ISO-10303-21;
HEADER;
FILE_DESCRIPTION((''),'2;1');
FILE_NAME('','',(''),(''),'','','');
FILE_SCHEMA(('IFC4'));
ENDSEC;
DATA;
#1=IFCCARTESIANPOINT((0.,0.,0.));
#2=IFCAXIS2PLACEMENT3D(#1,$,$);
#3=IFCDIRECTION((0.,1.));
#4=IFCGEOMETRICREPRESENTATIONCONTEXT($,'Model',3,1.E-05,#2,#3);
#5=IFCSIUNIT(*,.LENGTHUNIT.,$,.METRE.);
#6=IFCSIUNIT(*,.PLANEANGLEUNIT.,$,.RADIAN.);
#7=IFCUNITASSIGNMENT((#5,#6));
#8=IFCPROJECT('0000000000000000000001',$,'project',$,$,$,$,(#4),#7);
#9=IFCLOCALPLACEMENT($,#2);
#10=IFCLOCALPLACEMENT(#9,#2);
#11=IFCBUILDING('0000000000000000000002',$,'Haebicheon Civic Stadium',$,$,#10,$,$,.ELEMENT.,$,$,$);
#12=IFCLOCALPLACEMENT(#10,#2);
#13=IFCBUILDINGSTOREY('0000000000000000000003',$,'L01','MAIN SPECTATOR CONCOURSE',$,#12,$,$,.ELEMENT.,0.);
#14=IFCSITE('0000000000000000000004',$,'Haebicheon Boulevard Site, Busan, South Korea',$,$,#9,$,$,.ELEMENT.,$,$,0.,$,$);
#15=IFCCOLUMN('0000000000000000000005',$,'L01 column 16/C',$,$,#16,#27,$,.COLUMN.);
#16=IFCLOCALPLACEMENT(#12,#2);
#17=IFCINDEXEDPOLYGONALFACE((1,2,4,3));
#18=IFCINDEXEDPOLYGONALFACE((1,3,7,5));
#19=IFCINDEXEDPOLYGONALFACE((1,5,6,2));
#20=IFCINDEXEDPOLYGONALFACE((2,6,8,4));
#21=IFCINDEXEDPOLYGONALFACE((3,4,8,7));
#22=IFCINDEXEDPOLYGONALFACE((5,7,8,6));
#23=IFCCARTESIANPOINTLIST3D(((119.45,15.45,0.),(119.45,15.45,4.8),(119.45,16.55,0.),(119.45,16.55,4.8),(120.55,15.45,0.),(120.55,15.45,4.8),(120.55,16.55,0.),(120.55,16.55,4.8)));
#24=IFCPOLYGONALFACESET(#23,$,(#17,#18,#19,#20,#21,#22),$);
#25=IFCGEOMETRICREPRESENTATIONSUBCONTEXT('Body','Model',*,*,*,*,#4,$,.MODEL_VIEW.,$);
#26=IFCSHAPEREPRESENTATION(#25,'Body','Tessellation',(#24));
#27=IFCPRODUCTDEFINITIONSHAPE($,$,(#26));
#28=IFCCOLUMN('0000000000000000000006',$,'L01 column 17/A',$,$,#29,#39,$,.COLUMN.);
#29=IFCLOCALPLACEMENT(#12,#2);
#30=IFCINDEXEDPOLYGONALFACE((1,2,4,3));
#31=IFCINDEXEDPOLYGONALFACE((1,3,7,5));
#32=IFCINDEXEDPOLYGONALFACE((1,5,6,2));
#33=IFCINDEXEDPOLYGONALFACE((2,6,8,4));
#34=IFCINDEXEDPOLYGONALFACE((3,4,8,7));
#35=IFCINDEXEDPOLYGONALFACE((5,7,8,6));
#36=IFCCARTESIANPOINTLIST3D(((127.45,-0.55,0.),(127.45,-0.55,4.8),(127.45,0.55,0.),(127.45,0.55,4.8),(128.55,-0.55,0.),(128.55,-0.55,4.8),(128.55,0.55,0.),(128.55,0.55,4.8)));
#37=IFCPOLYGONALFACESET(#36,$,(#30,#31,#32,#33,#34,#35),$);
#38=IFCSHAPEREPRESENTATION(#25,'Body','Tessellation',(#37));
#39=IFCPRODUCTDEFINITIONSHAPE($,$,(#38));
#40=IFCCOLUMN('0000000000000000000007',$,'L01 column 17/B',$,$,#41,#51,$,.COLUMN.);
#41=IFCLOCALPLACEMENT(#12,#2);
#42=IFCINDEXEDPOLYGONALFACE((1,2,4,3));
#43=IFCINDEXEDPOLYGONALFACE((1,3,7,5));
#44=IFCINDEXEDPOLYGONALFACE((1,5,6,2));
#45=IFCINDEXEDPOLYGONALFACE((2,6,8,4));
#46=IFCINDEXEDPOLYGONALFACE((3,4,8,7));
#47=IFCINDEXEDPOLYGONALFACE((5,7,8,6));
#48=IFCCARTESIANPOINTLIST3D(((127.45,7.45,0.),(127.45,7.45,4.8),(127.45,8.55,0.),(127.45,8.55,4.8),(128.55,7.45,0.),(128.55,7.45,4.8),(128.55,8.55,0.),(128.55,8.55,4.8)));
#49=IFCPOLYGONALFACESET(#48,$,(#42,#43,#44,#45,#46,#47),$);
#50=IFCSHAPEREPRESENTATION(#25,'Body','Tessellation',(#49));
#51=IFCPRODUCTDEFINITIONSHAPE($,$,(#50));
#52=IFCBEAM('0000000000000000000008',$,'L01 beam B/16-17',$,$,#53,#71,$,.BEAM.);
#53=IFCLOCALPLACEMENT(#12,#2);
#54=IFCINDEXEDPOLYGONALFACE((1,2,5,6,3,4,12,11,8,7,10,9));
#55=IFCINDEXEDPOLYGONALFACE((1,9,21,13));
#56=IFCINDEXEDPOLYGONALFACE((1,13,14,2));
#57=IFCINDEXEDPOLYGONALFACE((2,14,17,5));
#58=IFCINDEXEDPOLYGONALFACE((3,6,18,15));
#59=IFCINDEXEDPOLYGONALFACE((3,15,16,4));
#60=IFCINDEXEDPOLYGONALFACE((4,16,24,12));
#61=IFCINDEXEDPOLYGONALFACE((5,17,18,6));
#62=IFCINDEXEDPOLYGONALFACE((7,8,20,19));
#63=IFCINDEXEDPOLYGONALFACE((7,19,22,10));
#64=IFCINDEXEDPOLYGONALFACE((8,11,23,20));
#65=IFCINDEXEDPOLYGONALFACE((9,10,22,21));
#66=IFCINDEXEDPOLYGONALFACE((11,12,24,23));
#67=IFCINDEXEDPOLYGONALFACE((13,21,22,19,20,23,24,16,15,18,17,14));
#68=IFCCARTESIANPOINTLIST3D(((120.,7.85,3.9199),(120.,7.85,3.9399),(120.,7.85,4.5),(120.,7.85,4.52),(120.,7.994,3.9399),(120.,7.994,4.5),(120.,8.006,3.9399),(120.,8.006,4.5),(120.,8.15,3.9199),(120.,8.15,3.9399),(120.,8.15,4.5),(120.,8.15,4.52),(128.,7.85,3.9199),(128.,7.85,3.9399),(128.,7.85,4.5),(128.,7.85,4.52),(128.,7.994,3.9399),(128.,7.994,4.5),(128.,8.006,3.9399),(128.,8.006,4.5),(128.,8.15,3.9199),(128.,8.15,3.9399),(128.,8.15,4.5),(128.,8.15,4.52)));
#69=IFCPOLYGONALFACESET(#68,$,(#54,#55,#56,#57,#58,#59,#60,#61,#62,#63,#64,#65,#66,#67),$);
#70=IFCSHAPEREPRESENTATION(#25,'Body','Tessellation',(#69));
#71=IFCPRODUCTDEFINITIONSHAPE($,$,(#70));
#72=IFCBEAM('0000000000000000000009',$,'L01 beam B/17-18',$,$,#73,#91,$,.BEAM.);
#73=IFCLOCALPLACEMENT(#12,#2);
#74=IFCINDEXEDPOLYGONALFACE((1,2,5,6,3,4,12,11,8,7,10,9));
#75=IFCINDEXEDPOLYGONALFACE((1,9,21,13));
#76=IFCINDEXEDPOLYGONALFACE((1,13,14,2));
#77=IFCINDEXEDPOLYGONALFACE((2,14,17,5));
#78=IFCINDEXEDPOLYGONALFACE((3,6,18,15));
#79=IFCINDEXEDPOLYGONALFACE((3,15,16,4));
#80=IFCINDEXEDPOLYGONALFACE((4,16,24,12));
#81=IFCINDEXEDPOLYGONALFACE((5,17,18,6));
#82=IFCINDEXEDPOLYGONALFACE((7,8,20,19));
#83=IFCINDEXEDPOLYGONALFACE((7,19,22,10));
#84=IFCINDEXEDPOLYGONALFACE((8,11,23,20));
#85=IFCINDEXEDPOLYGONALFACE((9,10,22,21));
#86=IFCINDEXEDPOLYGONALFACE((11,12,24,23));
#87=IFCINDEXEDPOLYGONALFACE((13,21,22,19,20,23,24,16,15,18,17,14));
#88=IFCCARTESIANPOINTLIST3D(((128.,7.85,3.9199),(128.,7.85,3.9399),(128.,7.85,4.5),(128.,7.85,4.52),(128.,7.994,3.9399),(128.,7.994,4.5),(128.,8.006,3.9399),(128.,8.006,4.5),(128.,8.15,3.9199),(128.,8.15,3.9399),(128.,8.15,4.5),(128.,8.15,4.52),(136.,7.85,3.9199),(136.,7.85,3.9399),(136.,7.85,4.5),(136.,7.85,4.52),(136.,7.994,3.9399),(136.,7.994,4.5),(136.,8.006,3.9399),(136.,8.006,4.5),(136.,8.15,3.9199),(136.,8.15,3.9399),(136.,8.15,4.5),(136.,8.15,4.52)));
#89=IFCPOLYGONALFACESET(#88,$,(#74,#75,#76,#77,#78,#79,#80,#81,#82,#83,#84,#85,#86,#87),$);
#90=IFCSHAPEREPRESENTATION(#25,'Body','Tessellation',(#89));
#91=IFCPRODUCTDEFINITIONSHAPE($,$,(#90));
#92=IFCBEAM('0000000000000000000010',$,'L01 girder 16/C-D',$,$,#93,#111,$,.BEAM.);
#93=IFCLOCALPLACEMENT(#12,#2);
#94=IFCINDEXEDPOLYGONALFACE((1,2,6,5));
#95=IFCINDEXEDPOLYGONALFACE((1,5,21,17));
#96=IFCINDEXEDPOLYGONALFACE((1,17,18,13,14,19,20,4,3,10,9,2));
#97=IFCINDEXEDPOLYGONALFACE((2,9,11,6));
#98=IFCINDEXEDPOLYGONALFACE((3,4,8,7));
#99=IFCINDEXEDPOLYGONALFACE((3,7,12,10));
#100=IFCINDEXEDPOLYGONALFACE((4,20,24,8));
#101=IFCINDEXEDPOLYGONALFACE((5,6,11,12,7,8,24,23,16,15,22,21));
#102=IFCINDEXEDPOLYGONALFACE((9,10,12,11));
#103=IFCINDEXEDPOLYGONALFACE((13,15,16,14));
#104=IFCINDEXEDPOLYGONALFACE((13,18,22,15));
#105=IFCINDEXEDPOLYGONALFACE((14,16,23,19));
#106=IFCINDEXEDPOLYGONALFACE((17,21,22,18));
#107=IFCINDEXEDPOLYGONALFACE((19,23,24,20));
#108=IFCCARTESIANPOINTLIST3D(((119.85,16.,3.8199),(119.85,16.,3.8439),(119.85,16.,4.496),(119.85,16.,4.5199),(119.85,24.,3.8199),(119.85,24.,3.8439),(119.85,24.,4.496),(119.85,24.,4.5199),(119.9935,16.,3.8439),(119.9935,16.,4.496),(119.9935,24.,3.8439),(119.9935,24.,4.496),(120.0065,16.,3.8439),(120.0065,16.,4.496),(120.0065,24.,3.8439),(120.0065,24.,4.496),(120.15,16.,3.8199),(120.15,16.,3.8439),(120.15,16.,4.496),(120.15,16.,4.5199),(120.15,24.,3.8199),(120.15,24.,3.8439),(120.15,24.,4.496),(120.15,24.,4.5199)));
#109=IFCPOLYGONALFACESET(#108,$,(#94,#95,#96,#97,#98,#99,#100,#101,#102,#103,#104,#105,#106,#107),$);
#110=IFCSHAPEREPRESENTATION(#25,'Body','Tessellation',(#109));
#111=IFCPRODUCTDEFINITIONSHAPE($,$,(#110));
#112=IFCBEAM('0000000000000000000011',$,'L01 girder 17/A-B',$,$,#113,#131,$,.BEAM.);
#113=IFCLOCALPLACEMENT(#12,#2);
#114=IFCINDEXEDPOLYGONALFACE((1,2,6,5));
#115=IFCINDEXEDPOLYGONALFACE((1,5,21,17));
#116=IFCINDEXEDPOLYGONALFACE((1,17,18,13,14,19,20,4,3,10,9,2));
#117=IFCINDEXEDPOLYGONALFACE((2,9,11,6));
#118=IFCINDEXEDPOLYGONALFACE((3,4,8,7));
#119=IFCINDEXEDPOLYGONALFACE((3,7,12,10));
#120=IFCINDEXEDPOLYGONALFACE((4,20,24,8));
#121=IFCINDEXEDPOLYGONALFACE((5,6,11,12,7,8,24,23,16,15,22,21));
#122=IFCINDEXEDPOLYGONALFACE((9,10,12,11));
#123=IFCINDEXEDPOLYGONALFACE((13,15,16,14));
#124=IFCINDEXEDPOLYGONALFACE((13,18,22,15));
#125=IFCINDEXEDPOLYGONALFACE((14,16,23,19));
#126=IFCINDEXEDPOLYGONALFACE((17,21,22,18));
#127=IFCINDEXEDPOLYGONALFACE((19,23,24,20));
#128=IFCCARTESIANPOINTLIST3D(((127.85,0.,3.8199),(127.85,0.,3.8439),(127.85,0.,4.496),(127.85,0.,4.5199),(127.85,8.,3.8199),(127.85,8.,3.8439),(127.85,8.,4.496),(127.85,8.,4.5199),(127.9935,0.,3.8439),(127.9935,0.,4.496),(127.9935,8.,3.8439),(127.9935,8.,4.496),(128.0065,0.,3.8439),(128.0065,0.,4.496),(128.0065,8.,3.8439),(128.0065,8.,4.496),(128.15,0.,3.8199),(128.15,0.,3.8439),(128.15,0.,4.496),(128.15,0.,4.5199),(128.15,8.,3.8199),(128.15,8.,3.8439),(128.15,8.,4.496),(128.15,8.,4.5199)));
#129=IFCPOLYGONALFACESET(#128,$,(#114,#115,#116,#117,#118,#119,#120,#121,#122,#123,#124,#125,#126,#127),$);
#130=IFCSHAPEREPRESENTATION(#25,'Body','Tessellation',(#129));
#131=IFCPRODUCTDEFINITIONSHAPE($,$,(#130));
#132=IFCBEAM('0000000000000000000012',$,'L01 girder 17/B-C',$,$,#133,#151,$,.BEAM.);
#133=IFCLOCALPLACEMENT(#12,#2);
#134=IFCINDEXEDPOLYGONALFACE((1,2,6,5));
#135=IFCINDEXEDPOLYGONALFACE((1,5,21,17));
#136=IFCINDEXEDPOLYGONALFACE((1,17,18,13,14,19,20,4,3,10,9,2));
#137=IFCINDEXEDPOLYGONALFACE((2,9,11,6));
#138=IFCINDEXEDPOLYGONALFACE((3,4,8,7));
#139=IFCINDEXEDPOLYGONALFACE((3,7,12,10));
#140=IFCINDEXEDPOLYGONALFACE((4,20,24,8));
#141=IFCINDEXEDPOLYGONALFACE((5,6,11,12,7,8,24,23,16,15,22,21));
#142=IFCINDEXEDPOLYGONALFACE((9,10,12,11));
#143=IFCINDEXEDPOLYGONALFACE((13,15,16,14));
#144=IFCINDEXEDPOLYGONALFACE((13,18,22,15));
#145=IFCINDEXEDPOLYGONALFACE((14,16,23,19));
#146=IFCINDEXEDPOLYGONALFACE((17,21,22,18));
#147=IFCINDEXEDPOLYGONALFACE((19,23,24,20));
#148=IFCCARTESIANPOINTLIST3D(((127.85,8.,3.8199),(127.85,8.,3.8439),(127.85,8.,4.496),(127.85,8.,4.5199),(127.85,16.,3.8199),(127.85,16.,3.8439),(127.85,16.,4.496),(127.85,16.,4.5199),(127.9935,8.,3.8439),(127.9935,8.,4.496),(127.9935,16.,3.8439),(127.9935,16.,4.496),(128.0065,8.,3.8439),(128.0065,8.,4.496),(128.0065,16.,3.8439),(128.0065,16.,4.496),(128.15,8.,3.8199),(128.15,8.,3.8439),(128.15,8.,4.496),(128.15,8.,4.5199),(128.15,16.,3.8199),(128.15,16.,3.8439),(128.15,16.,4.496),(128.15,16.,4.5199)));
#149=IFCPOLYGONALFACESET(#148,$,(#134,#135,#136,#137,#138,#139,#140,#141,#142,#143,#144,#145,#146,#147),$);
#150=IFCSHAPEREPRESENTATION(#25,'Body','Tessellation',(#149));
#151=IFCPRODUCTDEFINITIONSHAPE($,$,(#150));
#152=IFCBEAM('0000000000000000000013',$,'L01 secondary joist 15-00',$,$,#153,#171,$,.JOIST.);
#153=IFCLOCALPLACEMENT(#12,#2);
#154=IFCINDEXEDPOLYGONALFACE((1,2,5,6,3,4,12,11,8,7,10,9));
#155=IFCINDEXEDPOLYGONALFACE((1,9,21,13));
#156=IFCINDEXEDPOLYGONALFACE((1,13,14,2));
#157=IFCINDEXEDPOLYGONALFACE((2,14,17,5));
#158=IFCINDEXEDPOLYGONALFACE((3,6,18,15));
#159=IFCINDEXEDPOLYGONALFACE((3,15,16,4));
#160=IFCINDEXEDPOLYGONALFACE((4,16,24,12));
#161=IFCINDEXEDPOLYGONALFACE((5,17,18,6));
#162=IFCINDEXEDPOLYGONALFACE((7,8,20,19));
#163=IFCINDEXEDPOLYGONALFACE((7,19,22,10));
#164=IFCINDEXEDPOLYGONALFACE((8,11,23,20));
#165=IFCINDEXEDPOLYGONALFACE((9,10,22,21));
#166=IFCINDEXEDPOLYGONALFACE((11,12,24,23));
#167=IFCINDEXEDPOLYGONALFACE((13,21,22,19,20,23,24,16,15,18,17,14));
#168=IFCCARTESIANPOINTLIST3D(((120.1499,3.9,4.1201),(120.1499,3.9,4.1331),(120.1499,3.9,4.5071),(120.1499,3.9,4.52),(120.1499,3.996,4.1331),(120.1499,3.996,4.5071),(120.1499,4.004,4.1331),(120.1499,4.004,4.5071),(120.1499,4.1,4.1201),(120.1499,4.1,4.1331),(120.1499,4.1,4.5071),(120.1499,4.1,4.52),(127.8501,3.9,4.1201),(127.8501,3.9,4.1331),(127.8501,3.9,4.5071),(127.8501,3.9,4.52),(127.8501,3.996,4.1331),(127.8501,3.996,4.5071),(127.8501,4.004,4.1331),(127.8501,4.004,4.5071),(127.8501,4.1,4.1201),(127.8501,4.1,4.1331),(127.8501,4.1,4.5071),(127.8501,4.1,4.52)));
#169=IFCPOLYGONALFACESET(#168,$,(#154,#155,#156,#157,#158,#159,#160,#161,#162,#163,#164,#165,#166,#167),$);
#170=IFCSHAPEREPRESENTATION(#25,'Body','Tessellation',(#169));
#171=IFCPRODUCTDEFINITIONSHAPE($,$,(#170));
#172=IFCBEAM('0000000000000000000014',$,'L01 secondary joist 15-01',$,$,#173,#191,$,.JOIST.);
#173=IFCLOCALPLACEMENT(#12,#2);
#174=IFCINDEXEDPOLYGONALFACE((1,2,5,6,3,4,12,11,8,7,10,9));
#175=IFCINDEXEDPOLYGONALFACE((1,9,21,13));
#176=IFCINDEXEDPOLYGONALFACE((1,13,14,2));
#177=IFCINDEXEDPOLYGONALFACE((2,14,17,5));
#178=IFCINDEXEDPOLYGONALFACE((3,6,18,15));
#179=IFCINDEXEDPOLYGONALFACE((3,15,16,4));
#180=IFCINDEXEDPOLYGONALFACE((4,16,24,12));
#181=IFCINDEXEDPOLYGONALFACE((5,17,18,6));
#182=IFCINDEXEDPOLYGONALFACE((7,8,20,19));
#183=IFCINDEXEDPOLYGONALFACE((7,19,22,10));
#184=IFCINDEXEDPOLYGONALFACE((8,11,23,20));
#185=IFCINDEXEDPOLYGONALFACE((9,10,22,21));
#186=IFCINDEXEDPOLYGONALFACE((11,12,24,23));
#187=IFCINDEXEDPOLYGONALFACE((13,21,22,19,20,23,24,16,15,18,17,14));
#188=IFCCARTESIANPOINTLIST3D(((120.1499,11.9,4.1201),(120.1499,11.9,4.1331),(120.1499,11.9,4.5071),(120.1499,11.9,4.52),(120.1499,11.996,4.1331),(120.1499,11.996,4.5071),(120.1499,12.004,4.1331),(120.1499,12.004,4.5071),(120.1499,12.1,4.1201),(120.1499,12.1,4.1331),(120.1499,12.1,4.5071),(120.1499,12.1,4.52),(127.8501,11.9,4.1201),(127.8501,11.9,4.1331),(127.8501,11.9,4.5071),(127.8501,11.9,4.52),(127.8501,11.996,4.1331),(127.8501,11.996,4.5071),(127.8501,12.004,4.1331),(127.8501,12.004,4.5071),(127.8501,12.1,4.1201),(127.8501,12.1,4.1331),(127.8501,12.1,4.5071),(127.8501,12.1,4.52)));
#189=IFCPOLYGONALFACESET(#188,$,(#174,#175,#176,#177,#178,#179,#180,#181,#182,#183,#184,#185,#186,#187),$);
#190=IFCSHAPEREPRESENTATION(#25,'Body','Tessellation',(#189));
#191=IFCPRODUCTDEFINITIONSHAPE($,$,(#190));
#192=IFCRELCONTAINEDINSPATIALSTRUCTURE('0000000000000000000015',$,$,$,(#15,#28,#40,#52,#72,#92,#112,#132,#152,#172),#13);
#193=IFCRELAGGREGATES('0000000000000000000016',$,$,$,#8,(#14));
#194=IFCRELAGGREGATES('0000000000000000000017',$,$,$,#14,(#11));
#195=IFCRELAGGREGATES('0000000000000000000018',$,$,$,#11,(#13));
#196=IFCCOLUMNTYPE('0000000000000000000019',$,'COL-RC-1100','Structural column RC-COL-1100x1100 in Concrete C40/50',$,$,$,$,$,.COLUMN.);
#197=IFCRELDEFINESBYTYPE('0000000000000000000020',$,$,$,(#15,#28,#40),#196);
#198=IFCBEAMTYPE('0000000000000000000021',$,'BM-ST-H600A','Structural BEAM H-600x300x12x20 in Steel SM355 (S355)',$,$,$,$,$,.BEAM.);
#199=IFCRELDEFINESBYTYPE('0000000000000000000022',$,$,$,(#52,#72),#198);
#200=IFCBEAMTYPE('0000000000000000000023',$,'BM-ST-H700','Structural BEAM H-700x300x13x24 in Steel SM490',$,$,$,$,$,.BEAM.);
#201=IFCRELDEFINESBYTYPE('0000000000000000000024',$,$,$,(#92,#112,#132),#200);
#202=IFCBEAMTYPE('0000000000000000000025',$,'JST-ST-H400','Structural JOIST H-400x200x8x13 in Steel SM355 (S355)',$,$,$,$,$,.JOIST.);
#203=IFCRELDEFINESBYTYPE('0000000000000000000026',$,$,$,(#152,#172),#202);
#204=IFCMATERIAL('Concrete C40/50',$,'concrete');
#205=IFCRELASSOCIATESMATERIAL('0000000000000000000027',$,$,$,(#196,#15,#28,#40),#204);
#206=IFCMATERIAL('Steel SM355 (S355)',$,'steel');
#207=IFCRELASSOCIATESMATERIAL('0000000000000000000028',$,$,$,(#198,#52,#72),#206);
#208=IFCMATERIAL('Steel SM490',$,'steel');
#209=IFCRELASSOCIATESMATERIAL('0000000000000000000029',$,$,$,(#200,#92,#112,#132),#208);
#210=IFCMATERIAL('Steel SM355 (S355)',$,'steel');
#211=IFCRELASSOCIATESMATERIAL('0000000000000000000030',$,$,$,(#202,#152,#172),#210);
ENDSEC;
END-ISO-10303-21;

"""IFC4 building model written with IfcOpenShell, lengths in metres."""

from ifc_helpers import new_model, si_unit, direction, frame, origin, origin_2d, place, context, subcontext, project, spatial, rectangle, i_section, extrude, material, material_profile, profile_set, type_object, element, save


model = new_model("IFC4")

# Units and contexts
model_context = context("Model", 3, precision=1e-05, world=origin(), true_north=direction((0.0, 1.0)))
body_context = subcontext(model_context, "Body", "Model", "MODEL_VIEW")
ifc_project = project(units=[si_unit("LENGTHUNIT", "METRE"), si_unit("PLANEANGLEUNIT", "RADIAN")], contexts=[model_context])

# Site, building, storey
site_placement = place(None, origin())
site = spatial("IfcSite", under=ifc_project, at=site_placement, Name="Haebicheon Boulevard Site, Busan, South Korea", CompositionType="ELEMENT", RefElevation=0.0)
building_placement = place(site_placement, origin())
building = spatial("IfcBuilding", under=site, at=building_placement, Name="Haebicheon Civic Stadium", CompositionType="ELEMENT")
storey_placement = place(building_placement, origin())
storey = spatial("IfcBuildingStorey", under=building, at=storey_placement, Name="L01", Description="MAIN SPECTATOR CONCOURSE", CompositionType="ELEMENT", Elevation=0.0)

# Columns
ifc_material_1 = material(Name="Concrete C40/50", Category="concrete")
ifc_material_profile_1 = material_profile(ifc_material_1, rectangle(XDim=1.1001, YDim=1.1001, at=origin_2d()), Name="RC-COL-1100x1100")
ifc_profile_set_1 = profile_set([ifc_material_profile_1], Name="Concrete C40/50")
column_type = type_object("IfcColumnType", Name="COL-RC-1100", Description="Structural column RC-COL-1100x1100 in Concrete C40/50", PredefinedType="COLUMN", material=ifc_profile_set_1)
for number, where, z_axis, x_axis, name in (
    (1, (120.0, 16.0, 0.0), (0.0, 0.0, 1.0), (1.0, 0.0, 0.0), "L01 column 16/C"),
    (2, (128.0, 0.0, 0.0), (0.0, 0.0, 1.0), (1.0, 0.0, 0.0), "L01 column 17/A"),
    (3, (128.0, 8.0, 0.0), (0.0, 0.0, 1.0), (1.0, 0.0, 0.0), "L01 column 17/B"),
):
    element("IfcColumn", number, at=place(storey_placement, frame(where, z_axis=z_axis, x_axis=x_axis)), inside=storey, type_object=column_type, material=ifc_profile_set_1, Name=name, PredefinedType="COLUMN", context=body_context, shape_type="SweptSolid", body=[
        extrude(rectangle(XDim=1.1001, YDim=1.1001, at=origin_2d()), origin(), (0.0, 0.0, 1.0), 4.8),
    ])

# Beams
ifc_material_2 = material(Name="Steel SM355 (S355)", Category="steel")
ifc_material_profile_2 = material_profile(ifc_material_2, i_section(OverallWidth=0.3, OverallDepth=0.6001, WebThickness=0.012, FlangeThickness=0.02, at=origin_2d()), Name="H-600x300x12x20")
ifc_profile_set_2 = profile_set([ifc_material_profile_2], Name="Steel SM355 (S355)")
beam_type_1 = type_object("IfcBeamType", Name="BM-ST-H600A", Description="Structural BEAM H-600x300x12x20 in Steel SM355 (S355)", PredefinedType="BEAM", material=ifc_profile_set_2)
for number, where, z_axis, x_axis, name in (
    (4, (120.0, 8.0, 4.22), (1.0, 0.0, 0.0), (0.0, 1.0, 0.0), "L01 beam B/16-17"),
    (5, (128.0, 8.0, 4.22), (1.0, 0.0, 0.0), (0.0, 1.0, 0.0), "L01 beam B/17-18"),
):
    element("IfcBeam", number, at=place(storey_placement, frame(where, z_axis=z_axis, x_axis=x_axis)), inside=storey, type_object=beam_type_1, material=ifc_profile_set_2, Name=name, PredefinedType="BEAM", context=body_context, shape_type="SweptSolid", body=[
        extrude(i_section(OverallWidth=0.3, OverallDepth=0.6001, WebThickness=0.012, FlangeThickness=0.02, at=origin_2d()), origin(), (0.0, 0.0, 1.0), 8.0),
    ])
ifc_material_3 = material(Name="Steel SM490", Category="steel")
ifc_material_profile_3 = material_profile(ifc_material_3, i_section(OverallWidth=0.3, OverallDepth=0.7, WebThickness=0.0129, FlangeThickness=0.0239, at=origin_2d()), Name="H-700x300x13x24")
ifc_profile_set_3 = profile_set([ifc_material_profile_3], Name="Steel SM490")
beam_type_2 = type_object("IfcBeamType", Name="BM-ST-H700", Description="Structural BEAM H-700x300x13x24 in Steel SM490", PredefinedType="BEAM", material=ifc_profile_set_3)
for number, where, z_axis, x_axis, name in (
    (6, (120.0, 16.0, 4.1699), (0.0, 1.0, 0.0), (-1.0, 0.0, 0.0), "L01 girder 16/C-D"),
    (7, (128.0, 0.0, 4.1699), (0.0, 1.0, 0.0), (-1.0, 0.0, 0.0), "L01 girder 17/A-B"),
    (8, (128.0, 8.0, 4.1699), (0.0, 1.0, 0.0), (-1.0, 0.0, 0.0), "L01 girder 17/B-C"),
):
    element("IfcBeam", number, at=place(storey_placement, frame(where, z_axis=z_axis, x_axis=x_axis)), inside=storey, type_object=beam_type_2, material=ifc_profile_set_3, Name=name, PredefinedType="BEAM", context=body_context, shape_type="SweptSolid", body=[
        extrude(i_section(OverallWidth=0.3, OverallDepth=0.7, WebThickness=0.0129, FlangeThickness=0.0239, at=origin_2d()), origin(), (0.0, 0.0, 1.0), 8.0),
    ])
ifc_material_4 = material(Name="Steel SM355 (S355)", Category="steel")
ifc_material_profile_4 = material_profile(ifc_material_4, i_section(OverallWidth=0.2, OverallDepth=0.3999, WebThickness=0.0081, FlangeThickness=0.0129, at=origin_2d()), Name="H-400x200x8x13")
ifc_profile_set_4 = profile_set([ifc_material_profile_4], Name="Steel SM355 (S355)")
beam_type_3 = type_object("IfcBeamType", Name="JST-ST-H400", Description="Structural JOIST H-400x200x8x13 in Steel SM355 (S355)", PredefinedType="JOIST", material=ifc_profile_set_4)
for number, where, z_axis, x_axis, name in (
    (9, (120.1499, 4.0, 4.3201), (1.0, 0.0, 0.0), (0.0, 1.0, 0.0), "L01 secondary joist 15-00"),
    (10, (120.1499, 12.0, 4.3201), (1.0, 0.0, 0.0), (0.0, 1.0, 0.0), "L01 secondary joist 15-01"),
):
    element("IfcBeam", number, at=place(storey_placement, frame(where, z_axis=z_axis, x_axis=x_axis)), inside=storey, type_object=beam_type_3, material=ifc_profile_set_4, Name=name, PredefinedType="JOIST", context=body_context, shape_type="SweptSolid", body=[
        extrude(i_section(OverallWidth=0.2, OverallDepth=0.3999, WebThickness=0.0081, FlangeThickness=0.0129, at=origin_2d()), origin(), (0.0, 0.0, 1.0), 7.7002),
    ])

save(model, "model.ifc")
